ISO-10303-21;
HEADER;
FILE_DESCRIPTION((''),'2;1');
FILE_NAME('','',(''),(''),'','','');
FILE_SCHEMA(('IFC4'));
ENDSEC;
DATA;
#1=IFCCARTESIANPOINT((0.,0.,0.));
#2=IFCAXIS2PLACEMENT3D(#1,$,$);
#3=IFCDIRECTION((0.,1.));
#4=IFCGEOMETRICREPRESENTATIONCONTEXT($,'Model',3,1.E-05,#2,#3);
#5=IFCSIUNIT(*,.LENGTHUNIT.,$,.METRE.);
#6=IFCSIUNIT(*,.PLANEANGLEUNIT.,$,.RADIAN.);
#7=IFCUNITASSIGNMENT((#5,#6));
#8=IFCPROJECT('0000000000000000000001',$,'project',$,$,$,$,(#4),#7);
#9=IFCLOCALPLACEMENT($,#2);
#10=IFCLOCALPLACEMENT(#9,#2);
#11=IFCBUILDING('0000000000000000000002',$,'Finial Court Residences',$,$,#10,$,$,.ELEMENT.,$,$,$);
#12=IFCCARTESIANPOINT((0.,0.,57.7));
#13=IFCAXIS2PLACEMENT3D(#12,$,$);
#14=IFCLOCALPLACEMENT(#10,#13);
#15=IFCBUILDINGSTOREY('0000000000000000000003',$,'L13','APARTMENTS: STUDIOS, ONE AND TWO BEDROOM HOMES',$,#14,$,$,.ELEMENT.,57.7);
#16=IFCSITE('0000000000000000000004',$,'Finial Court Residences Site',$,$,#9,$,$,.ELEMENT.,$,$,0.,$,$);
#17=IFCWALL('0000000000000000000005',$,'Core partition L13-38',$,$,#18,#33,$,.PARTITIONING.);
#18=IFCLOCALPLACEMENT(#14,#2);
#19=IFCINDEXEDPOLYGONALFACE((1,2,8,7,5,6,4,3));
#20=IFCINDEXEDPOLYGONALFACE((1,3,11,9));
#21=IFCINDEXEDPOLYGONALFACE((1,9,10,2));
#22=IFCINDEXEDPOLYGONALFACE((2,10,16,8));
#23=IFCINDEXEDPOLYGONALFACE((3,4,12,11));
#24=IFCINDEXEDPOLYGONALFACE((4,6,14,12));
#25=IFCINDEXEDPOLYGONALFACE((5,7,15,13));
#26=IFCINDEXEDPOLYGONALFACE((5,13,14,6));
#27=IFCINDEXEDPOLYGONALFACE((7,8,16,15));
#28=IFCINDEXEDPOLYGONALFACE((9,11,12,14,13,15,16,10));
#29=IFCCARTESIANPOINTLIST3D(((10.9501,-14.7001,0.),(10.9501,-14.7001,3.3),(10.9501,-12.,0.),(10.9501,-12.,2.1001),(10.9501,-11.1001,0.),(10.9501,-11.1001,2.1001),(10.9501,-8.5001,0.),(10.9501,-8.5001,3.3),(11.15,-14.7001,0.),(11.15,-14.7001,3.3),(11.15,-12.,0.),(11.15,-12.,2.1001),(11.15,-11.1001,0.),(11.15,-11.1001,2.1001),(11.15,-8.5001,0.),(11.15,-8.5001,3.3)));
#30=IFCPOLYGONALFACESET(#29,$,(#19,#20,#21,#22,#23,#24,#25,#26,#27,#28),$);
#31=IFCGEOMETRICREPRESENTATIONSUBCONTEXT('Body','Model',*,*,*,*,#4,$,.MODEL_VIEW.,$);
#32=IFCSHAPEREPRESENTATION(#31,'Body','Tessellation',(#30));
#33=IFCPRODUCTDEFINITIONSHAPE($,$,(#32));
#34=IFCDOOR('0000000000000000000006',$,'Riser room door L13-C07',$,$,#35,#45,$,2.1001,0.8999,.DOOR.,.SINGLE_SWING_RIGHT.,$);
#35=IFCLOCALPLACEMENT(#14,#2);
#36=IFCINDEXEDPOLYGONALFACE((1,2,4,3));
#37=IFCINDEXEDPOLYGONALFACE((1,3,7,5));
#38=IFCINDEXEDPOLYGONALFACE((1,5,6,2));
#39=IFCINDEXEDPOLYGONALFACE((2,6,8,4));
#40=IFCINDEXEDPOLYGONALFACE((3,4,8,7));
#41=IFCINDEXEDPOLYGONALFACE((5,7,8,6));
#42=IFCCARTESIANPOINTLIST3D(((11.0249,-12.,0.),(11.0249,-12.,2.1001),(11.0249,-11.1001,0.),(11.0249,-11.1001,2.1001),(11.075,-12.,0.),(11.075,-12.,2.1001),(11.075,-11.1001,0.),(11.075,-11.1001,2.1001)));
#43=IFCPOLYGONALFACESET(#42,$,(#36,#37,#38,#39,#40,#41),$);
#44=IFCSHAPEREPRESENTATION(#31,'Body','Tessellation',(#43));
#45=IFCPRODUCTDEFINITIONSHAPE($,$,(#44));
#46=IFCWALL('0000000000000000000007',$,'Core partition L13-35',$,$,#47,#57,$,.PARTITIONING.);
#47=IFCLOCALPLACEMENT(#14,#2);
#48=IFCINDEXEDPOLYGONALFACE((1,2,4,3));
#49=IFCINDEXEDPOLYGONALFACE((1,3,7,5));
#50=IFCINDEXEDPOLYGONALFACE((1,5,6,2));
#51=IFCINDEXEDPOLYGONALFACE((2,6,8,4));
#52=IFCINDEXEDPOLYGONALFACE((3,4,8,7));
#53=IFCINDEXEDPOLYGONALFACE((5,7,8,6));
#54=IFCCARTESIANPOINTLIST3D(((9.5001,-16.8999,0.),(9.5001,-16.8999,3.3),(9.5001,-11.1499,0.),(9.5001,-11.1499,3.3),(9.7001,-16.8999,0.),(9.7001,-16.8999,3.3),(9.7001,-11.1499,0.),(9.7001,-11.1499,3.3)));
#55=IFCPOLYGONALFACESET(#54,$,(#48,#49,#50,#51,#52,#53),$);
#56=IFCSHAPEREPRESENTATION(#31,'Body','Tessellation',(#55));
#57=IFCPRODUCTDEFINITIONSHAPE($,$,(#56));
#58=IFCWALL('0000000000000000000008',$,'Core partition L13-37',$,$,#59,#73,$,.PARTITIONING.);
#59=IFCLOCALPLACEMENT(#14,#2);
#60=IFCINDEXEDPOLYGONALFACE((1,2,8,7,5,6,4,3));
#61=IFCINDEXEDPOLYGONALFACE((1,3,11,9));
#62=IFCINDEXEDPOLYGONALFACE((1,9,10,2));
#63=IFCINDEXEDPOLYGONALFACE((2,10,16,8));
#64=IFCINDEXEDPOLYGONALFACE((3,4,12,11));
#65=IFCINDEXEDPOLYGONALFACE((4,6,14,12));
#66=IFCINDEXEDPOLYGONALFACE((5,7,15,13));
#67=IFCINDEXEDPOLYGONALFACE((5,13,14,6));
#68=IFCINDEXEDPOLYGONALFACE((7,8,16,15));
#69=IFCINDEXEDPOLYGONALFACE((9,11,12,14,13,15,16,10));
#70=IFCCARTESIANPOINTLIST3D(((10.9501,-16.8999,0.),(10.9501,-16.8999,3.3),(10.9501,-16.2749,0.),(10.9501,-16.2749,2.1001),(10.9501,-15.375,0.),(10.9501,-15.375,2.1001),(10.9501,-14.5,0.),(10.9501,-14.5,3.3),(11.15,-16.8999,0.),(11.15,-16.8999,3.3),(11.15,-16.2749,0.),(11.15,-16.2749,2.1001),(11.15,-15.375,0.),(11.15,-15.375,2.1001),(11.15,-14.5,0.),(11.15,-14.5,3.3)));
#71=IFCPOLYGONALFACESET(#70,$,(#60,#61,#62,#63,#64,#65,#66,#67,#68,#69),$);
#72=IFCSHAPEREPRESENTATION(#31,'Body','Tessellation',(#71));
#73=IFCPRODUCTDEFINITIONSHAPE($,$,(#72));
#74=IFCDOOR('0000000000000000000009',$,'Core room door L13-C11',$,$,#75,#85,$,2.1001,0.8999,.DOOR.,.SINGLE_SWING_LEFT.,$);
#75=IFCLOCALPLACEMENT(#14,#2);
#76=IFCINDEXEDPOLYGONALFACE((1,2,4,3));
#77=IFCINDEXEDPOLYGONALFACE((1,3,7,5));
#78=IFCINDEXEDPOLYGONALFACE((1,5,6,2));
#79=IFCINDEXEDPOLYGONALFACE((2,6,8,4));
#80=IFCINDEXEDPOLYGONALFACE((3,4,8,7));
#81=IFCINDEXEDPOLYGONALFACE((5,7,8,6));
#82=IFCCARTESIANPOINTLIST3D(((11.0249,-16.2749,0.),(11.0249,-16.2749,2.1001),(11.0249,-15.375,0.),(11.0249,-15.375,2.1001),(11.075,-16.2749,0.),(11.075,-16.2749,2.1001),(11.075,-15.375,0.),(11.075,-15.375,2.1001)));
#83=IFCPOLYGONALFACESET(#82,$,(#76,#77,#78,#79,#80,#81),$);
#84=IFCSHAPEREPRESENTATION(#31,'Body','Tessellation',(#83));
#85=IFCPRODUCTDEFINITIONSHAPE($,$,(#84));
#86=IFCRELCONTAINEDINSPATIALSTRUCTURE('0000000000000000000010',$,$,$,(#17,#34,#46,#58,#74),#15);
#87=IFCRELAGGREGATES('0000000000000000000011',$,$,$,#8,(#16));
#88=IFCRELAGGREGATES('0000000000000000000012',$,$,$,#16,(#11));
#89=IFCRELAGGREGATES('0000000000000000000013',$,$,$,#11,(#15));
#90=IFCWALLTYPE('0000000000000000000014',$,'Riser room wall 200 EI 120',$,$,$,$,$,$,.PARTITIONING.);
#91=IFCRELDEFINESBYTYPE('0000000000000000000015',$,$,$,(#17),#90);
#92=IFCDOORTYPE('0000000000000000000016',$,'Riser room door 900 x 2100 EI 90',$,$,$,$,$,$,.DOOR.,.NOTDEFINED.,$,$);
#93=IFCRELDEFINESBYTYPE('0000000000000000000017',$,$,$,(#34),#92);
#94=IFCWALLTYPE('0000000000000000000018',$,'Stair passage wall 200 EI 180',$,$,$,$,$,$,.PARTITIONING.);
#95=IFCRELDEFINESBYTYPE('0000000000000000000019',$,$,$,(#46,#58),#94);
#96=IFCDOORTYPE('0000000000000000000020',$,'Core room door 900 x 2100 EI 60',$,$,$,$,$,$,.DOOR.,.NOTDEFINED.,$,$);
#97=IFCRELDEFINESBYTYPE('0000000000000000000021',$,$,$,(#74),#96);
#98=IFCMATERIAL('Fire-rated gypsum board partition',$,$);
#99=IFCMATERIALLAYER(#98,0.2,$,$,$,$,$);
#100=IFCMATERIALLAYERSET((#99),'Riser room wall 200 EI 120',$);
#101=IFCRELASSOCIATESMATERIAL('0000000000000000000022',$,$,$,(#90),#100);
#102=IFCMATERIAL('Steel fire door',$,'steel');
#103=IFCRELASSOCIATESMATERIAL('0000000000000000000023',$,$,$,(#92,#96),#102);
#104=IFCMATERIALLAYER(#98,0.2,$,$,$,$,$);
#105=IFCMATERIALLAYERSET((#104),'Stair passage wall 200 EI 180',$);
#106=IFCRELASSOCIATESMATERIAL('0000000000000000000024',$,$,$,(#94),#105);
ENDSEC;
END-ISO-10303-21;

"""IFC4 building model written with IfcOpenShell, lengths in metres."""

from ifc_helpers import new_model, si_unit, direction, frame, frame_2d, origin, place, context, subcontext, project, spatial, rectangle, extrude, material, layer, layer_set, type_object, element, fill, save


model = new_model("IFC4")

# Units and contexts
model_context = context("Model", 3, precision=1e-05, world=origin(), true_north=direction((0.0, 1.0)))
body_context = subcontext(model_context, "Body", "Model", "MODEL_VIEW")
ifc_project = project(units=[si_unit("LENGTHUNIT", "METRE"), si_unit("PLANEANGLEUNIT", "RADIAN")], contexts=[model_context])

# Site, building, storey
site_placement = place(None, origin())
site = spatial("IfcSite", under=ifc_project, at=site_placement, Name="Finial Court Residences Site", CompositionType="ELEMENT", RefElevation=0.0)
building_placement = place(site_placement, origin())
building = spatial("IfcBuilding", under=site, at=building_placement, Name="Finial Court Residences", CompositionType="ELEMENT")
storey_placement = place(building_placement, frame((0.0, 0.0, 57.7)))
storey = spatial("IfcBuildingStorey", under=building, at=storey_placement, Name="L13", Description="APARTMENTS: STUDIOS, ONE AND TWO BEDROOM HOMES", CompositionType="ELEMENT", Elevation=57.7)

# Shared definitions
ifc_material_1 = material(Name="Fire-rated gypsum board partition")

# Shared definitions
ifc_material_2 = material(Name="Steel fire door", Category="steel")

# Shared definitions
ifc_layer_1 = layer(ifc_material_1, 0.2)
ifc_layer_set_1 = layer_set([ifc_layer_1], Name="Riser room wall 200 EI 120")
wall_type_1 = type_object("IfcWallType", Name="Riser room wall 200 EI 120", PredefinedType="PARTITIONING", material=ifc_layer_set_1)

# Shared definitions
door_type_1 = type_object("IfcDoorType", Name="Riser room door 900 x 2100 EI 90", OperationType="NOTDEFINED", PredefinedType="DOOR", material=ifc_material_2)

# Wall, opening, door
wall_1_placement = place(storey_placement, frame((11.05, -8.5, 0.0), z_axis=(0.0, 0.0, 1.0), x_axis=(0.0, -1.0, 0.0)))
wall_1 = element("IfcWall", 1, at=wall_1_placement, inside=storey, type_object=wall_type_1, Name="Core partition L13-38", PredefinedType="PARTITIONING", context=body_context, shape_type="SweptSolid", body=[
    extrude(rectangle(XDim=6.2, YDim=0.2, at=frame_2d((3.1001, 0.0))), origin(), (0.0, 0.0, 1.0), 3.3),
])
opening_1_placement = place(wall_1_placement, frame((2.6001, 0.0, 0.0)))
opening_1 = element("IfcOpeningElement", 2, at=opening_1_placement, cuts=wall_1, PredefinedType="OPENING", context=body_context, shape_type="SweptSolid", body=[
    extrude(rectangle(XDim=0.8999, YDim=2.1001, at=frame_2d((0.45, 1.05))), frame((0.0, 0.1099, 0.0), z_axis=(0.0, -1.0, 0.0), x_axis=(1.0, 0.0, 0.0)), (0.0, 0.0, 1.0), 0.22),
])
door_1_placement = place(opening_1_placement, origin())
door_1 = element("IfcDoor", 3, at=door_1_placement, inside=storey, type_object=door_type_1, Name="Riser room door L13-C07", OperationType="SINGLE_SWING_RIGHT", OverallHeight=2.1001, OverallWidth=0.8999, PredefinedType="DOOR", context=body_context, shape_type="SweptSolid", body=[
    extrude(rectangle(XDim=0.8999, YDim=2.1001, at=frame_2d((0.45, 1.05))), frame((0.0, 0.0249, 0.0), z_axis=(0.0, -1.0, 0.0), x_axis=(1.0, 0.0, 0.0)), (0.0, 0.0, 1.0), 0.05),
])
fill(opening_1, door_1)

# Wall
ifc_layer_2 = layer(ifc_material_1, 0.2)
ifc_layer_set_2 = layer_set([ifc_layer_2], Name="Stair passage wall 200 EI 180")
wall_type_2 = type_object("IfcWallType", Name="Stair passage wall 200 EI 180", PredefinedType="PARTITIONING", material=ifc_layer_set_2)
wall_2_placement = place(storey_placement, frame((9.6001, -16.8999, 0.0), z_axis=(0.0, 0.0, 1.0), x_axis=(0.0, 1.0, 0.0)))
element("IfcWall", 4, at=wall_2_placement, inside=storey, type_object=wall_type_2, Name="Core partition L13-35", PredefinedType="PARTITIONING", context=body_context, shape_type="SweptSolid", body=[
    extrude(rectangle(XDim=5.75, YDim=0.2, at=frame_2d((2.875, 0.0))), origin(), (0.0, 0.0, 1.0), 3.3),
])

# Wall, opening, door
wall_3_placement = place(storey_placement, frame((11.05, -14.5, 0.0), z_axis=(0.0, 0.0, 1.0), x_axis=(0.0, -1.0, 0.0)))
wall_3 = element("IfcWall", 5, at=wall_3_placement, inside=storey, type_object=wall_type_2, Name="Core partition L13-37", PredefinedType="PARTITIONING", context=body_context, shape_type="SweptSolid", body=[
    extrude(rectangle(XDim=2.3999, YDim=0.2, at=frame_2d((1.2, 0.0))), origin(), (0.0, 0.0, 1.0), 3.3),
])
opening_2_placement = place(wall_3_placement, frame((0.875, 0.0, 0.0)))
opening_2 = element("IfcOpeningElement", 6, at=opening_2_placement, cuts=wall_3, PredefinedType="OPENING", context=body_context, shape_type="SweptSolid", body=[
    extrude(rectangle(XDim=0.8999, YDim=2.1001, at=frame_2d((0.45, 1.05))), frame((0.0, 0.1099, 0.0), z_axis=(0.0, -1.0, 0.0), x_axis=(1.0, 0.0, 0.0)), (0.0, 0.0, 1.0), 0.22),
])
door_type_2 = type_object("IfcDoorType", Name="Core room door 900 x 2100 EI 60", OperationType="NOTDEFINED", PredefinedType="DOOR", material=ifc_material_2)
door_2_placement = place(opening_2_placement, origin())
door_2 = element("IfcDoor", 7, at=door_2_placement, inside=storey, type_object=door_type_2, Name="Core room door L13-C11", OperationType="SINGLE_SWING_LEFT", OverallHeight=2.1001, OverallWidth=0.8999, PredefinedType="DOOR", context=body_context, shape_type="SweptSolid", body=[
    extrude(rectangle(XDim=0.8999, YDim=2.1001, at=frame_2d((0.45, 1.05))), frame((0.0, 0.0249, 0.0), z_axis=(0.0, -1.0, 0.0), x_axis=(1.0, 0.0, 0.0)), (0.0, 0.0, 1.0), 0.05),
])
fill(opening_2, door_2)

save(model, "model.ifc")
